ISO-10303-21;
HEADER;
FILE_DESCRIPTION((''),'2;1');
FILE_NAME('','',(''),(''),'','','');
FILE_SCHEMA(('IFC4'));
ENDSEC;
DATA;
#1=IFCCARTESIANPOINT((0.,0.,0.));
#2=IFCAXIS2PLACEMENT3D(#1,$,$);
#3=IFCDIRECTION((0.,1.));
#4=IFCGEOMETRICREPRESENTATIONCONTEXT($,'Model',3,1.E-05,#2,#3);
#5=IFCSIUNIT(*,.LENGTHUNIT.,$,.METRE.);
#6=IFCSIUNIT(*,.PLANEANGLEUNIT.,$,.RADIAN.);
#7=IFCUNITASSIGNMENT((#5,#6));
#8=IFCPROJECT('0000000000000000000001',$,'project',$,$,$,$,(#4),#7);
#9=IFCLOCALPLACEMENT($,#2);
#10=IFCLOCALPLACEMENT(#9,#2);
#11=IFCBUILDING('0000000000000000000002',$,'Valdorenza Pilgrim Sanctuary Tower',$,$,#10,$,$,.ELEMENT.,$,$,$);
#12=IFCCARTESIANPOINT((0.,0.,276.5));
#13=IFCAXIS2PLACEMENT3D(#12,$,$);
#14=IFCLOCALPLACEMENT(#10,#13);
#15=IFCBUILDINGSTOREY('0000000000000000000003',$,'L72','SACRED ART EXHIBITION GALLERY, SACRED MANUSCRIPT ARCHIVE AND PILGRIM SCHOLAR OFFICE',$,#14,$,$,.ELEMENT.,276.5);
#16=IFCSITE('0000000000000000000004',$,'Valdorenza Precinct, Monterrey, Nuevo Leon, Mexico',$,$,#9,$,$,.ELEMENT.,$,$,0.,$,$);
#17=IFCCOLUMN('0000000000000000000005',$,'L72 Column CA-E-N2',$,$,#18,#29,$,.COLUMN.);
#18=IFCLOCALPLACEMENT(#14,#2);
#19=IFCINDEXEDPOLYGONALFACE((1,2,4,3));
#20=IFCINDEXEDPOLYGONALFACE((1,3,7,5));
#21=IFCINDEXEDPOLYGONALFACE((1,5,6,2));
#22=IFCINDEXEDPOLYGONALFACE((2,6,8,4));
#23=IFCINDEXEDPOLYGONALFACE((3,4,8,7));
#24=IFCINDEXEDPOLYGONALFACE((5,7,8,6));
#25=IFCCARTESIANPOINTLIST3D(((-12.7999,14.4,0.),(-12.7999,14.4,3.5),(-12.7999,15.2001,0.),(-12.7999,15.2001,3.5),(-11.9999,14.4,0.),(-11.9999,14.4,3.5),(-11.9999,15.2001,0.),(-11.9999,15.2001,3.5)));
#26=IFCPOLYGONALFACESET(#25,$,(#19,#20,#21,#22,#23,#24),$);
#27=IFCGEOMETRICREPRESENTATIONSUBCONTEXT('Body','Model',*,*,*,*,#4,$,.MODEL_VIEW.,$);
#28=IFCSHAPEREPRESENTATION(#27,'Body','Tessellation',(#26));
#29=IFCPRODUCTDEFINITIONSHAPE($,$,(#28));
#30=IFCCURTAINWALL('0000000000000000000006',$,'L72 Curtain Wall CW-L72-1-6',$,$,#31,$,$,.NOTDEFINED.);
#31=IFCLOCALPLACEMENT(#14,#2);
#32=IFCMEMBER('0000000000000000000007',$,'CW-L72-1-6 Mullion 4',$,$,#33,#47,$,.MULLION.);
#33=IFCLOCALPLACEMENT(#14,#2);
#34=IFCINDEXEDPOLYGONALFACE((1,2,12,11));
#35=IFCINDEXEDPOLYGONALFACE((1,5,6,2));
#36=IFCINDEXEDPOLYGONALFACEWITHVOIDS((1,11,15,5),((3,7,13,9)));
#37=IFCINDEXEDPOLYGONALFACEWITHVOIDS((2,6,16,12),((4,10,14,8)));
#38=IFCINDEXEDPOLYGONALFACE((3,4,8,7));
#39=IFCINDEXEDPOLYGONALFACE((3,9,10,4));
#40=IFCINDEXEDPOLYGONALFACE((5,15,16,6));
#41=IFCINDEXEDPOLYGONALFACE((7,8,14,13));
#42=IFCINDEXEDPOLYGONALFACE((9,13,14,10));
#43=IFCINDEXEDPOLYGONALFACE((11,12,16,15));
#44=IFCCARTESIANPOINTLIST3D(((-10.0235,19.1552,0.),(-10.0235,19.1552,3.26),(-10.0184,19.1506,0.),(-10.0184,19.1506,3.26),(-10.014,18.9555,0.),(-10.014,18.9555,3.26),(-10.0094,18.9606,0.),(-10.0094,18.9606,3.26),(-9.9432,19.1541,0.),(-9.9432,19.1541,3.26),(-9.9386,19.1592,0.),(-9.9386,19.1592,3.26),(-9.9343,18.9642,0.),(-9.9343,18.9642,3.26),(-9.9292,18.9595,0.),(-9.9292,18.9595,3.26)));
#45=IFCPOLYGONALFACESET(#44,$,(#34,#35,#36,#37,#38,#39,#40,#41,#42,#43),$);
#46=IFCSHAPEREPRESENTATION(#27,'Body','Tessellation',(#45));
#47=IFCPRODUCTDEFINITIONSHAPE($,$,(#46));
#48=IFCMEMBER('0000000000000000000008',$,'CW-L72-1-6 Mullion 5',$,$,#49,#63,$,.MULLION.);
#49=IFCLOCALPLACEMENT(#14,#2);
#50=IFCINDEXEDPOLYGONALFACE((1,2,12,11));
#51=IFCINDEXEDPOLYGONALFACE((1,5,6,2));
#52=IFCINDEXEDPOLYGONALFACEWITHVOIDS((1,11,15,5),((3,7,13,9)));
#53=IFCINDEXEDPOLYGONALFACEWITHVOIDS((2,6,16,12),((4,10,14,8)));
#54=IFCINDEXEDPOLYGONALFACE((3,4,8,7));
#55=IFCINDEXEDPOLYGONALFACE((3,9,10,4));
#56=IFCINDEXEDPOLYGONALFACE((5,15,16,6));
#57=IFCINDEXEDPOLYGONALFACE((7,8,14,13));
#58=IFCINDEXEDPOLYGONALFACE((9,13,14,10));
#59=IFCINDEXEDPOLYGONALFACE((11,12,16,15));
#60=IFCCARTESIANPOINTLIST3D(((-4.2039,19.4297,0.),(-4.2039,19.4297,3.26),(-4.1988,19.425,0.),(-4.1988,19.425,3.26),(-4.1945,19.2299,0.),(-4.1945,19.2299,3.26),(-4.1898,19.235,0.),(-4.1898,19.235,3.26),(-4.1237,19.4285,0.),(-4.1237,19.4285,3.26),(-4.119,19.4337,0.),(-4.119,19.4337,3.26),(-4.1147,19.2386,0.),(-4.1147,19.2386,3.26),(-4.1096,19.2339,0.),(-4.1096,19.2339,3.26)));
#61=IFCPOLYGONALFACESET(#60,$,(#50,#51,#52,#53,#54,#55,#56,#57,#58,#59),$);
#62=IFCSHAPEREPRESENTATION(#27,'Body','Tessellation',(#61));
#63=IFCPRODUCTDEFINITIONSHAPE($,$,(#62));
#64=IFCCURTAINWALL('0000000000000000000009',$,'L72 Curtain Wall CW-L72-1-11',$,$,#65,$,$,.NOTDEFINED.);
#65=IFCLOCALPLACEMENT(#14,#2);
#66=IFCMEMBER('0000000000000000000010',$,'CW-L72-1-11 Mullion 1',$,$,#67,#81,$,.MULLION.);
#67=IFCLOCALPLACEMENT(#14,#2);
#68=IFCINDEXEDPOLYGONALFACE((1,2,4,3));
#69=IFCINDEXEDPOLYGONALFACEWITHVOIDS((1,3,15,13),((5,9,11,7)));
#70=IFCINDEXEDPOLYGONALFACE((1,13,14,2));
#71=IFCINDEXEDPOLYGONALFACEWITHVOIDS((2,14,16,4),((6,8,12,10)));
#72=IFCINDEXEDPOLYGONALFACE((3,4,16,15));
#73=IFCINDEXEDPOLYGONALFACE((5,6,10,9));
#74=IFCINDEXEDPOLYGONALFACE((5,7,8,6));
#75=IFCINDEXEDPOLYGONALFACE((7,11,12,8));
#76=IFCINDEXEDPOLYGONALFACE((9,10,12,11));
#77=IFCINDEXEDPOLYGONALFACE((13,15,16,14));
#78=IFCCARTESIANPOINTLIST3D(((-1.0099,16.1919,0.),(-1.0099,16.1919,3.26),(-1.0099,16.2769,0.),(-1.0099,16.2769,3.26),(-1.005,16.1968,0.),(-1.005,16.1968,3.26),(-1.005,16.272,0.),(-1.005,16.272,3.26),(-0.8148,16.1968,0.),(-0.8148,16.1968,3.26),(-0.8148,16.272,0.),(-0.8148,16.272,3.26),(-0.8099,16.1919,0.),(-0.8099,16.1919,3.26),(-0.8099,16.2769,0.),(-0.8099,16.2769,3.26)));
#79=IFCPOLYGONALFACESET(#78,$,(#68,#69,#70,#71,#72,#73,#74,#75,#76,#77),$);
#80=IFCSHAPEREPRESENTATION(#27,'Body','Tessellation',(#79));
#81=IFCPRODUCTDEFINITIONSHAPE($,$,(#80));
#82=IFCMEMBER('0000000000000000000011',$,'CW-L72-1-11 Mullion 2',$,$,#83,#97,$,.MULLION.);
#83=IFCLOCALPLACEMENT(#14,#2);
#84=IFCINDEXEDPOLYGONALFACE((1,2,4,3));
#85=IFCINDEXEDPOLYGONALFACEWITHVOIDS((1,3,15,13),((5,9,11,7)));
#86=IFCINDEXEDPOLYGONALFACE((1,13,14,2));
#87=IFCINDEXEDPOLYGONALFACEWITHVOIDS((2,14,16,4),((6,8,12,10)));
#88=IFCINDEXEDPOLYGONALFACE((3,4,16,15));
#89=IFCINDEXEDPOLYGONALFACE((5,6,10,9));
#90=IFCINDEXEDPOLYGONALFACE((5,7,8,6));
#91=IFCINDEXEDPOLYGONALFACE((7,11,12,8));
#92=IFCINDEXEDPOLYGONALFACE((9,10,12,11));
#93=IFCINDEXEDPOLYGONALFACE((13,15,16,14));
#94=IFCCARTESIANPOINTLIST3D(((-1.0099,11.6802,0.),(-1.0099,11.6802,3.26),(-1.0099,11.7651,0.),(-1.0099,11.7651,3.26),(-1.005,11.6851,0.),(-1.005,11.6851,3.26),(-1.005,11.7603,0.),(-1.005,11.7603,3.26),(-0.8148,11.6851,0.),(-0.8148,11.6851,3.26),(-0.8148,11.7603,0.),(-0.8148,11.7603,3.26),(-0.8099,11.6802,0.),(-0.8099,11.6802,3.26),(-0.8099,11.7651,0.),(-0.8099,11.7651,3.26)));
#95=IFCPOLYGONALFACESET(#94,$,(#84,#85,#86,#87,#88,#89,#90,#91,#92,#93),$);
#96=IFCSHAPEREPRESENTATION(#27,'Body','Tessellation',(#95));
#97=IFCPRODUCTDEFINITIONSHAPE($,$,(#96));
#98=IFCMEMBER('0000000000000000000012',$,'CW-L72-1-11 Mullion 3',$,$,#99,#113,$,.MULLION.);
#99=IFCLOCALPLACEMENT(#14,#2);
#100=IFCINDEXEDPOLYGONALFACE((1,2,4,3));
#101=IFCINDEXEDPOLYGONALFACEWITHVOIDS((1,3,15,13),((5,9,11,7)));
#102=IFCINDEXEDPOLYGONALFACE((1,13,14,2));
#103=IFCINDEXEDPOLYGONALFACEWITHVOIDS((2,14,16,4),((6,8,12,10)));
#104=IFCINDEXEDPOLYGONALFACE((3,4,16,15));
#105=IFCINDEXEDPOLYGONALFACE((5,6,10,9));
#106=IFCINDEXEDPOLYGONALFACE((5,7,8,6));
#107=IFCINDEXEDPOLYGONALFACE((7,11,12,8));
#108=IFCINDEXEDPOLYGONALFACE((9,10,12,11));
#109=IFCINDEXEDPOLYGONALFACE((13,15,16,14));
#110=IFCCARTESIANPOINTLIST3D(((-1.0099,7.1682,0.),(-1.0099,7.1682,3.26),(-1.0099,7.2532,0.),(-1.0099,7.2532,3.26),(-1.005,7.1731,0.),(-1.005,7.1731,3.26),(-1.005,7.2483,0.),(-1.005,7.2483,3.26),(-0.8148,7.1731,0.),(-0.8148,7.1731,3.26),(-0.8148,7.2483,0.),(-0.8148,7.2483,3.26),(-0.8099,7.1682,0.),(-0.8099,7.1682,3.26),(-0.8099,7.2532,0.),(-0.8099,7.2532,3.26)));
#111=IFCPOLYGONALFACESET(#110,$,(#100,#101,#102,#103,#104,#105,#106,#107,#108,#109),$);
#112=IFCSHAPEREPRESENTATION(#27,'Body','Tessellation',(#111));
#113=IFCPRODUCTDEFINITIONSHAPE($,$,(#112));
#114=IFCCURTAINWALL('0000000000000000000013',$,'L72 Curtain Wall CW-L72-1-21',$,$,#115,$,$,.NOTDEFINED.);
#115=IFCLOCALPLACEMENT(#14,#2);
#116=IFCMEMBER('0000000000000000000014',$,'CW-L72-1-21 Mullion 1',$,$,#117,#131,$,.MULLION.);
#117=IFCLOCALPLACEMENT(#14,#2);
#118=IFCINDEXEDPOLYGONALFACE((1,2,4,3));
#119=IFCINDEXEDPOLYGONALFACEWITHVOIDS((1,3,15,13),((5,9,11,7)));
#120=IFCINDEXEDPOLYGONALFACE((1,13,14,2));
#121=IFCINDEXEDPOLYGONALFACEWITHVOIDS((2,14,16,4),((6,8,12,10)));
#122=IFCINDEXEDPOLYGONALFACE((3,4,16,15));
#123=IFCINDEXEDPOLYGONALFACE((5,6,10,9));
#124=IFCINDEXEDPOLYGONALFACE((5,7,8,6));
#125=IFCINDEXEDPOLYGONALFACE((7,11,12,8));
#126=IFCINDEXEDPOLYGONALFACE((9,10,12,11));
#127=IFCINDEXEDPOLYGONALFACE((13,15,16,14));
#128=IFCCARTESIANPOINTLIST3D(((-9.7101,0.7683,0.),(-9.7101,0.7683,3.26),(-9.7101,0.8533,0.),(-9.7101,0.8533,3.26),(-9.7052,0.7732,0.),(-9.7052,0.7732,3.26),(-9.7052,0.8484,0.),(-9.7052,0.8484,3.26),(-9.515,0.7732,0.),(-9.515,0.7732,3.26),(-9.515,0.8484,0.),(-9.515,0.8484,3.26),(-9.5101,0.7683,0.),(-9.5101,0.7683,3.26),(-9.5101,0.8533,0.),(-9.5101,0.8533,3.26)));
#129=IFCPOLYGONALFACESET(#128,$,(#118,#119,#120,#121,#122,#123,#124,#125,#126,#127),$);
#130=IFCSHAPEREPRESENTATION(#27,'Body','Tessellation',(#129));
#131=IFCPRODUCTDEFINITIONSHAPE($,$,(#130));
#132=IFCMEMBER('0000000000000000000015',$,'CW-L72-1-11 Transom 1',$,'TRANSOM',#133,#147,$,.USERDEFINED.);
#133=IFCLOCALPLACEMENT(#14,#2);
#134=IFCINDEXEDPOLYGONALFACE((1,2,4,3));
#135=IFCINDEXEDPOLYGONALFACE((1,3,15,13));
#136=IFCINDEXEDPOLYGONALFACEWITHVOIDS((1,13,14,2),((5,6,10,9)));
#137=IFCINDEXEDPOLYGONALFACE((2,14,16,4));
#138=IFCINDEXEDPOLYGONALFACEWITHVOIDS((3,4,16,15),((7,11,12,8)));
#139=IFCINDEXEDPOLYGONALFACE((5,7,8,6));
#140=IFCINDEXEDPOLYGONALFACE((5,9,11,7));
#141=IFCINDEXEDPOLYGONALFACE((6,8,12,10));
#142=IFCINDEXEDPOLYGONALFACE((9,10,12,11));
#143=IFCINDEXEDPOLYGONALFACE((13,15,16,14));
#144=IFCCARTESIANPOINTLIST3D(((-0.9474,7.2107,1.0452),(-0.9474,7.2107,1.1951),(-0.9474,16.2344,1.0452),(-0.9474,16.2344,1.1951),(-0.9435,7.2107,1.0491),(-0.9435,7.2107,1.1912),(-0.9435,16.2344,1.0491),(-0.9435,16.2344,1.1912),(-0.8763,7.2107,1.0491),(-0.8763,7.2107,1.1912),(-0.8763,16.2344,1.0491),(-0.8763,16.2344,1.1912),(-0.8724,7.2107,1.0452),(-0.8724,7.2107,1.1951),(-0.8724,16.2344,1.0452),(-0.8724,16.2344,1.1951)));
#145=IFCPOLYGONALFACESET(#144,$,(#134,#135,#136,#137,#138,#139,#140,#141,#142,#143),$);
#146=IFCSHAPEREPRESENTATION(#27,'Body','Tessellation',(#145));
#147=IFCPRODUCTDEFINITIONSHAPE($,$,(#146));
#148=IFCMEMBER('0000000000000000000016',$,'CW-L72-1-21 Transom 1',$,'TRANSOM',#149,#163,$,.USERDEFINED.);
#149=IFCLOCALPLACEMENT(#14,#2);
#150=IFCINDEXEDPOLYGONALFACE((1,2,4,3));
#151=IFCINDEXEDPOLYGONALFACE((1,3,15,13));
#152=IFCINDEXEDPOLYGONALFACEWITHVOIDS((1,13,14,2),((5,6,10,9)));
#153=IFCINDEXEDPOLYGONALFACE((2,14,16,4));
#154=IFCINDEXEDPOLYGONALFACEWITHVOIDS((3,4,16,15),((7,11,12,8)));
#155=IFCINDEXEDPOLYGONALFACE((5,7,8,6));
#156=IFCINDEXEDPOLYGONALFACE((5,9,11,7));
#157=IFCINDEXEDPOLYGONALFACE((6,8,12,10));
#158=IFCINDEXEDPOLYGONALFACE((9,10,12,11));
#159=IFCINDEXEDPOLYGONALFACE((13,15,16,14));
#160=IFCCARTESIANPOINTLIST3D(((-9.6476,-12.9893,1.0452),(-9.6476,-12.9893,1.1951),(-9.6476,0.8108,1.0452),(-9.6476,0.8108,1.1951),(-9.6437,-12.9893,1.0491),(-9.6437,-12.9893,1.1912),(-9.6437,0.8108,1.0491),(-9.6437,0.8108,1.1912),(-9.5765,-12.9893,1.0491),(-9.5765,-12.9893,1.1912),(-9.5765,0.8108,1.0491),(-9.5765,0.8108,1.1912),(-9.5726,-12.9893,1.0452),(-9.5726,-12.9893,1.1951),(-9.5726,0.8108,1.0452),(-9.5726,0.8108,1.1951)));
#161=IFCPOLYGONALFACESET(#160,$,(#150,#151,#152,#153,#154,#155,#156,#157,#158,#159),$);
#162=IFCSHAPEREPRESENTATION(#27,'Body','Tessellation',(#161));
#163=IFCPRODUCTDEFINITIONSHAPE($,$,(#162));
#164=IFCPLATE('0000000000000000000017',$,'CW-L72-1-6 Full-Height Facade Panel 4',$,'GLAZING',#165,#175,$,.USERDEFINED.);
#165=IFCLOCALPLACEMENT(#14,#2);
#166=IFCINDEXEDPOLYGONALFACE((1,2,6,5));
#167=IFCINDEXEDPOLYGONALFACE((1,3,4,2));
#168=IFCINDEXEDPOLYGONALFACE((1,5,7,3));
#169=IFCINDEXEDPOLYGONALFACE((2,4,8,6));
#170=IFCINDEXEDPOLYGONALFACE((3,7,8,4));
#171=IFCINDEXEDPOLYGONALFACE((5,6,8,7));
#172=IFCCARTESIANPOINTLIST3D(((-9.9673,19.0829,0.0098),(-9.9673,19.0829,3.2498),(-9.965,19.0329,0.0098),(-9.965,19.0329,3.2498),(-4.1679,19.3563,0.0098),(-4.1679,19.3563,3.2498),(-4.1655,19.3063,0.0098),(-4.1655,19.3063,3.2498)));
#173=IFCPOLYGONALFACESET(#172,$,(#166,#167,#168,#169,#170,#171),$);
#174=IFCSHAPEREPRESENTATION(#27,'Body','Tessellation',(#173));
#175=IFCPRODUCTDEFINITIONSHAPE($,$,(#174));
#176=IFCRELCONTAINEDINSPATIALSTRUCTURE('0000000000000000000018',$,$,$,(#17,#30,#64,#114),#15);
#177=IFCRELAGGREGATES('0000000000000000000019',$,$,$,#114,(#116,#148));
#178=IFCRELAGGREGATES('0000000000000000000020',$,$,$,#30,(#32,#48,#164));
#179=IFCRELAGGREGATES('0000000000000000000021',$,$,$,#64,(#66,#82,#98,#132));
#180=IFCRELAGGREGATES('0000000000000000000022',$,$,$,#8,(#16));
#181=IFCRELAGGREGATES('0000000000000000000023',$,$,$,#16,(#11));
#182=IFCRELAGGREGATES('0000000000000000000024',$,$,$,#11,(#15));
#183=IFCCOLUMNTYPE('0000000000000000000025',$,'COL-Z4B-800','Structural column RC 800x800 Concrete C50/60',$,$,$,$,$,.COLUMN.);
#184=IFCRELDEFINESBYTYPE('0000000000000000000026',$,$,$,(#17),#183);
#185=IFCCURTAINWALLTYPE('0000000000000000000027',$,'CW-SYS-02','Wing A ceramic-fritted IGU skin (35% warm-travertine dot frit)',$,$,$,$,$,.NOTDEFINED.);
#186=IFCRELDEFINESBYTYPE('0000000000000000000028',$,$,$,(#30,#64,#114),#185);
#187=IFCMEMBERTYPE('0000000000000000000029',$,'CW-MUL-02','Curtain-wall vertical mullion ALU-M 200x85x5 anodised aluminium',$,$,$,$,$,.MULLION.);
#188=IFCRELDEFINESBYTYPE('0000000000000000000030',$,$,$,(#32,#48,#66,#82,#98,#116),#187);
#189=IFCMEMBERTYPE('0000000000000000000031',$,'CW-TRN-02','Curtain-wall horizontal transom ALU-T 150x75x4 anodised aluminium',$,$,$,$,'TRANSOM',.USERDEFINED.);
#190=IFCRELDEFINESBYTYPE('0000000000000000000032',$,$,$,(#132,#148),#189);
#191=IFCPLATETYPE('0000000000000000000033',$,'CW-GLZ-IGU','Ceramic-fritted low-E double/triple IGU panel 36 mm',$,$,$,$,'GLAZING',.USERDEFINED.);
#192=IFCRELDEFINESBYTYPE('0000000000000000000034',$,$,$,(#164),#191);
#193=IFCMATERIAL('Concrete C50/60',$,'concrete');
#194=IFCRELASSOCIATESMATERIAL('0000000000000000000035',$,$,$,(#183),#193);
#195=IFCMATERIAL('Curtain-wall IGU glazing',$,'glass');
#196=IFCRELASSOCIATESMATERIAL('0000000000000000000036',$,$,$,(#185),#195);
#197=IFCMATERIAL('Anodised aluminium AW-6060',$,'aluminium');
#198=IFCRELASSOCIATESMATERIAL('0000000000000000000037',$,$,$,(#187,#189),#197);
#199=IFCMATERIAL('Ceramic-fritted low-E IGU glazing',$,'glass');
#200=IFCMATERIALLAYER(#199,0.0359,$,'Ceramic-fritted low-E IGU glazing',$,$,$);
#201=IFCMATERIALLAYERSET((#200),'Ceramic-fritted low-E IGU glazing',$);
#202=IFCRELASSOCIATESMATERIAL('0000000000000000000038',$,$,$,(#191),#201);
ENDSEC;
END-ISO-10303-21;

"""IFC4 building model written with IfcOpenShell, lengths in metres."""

from ifc_helpers import new_model, si_unit, direction, frame, origin, origin_2d, place, context, subcontext, project, spatial, rectangle, hollow_rectangle, extrude, source, transform, mapped, material, layer, layer_set, material_profile, profile_set, type_object, element, aggregate, save


model = new_model("IFC4")

# Units and contexts
model_context = context("Model", 3, precision=1e-05, world=origin(), true_north=direction((0.0, 1.0)))
body_context = subcontext(model_context, "Body", "Model", "MODEL_VIEW")
ifc_project = project(units=[si_unit("LENGTHUNIT", "METRE"), si_unit("PLANEANGLEUNIT", "RADIAN")], contexts=[model_context])

# Site, building, storey
site_placement = place(None, origin())
site = spatial("IfcSite", under=ifc_project, at=site_placement, Name="Valdorenza Precinct, Monterrey, Nuevo Leon, Mexico", CompositionType="ELEMENT", RefElevation=0.0)
building_placement = place(site_placement, origin())
building = spatial("IfcBuilding", under=site, at=building_placement, Name="Valdorenza Pilgrim Sanctuary Tower", CompositionType="ELEMENT")
storey_placement = place(building_placement, frame((0.0, 0.0, 276.5)))
storey = spatial("IfcBuildingStorey", under=building, at=storey_placement, Name="L72", Description="SACRED ART EXHIBITION GALLERY, SACRED MANUSCRIPT ARCHIVE AND PILGRIM SCHOLAR OFFICE", CompositionType="ELEMENT", Elevation=276.5)

# Column
ifc_material_1 = material(Name="Concrete C50/60", Category="concrete")
ifc_material_profile_1 = material_profile(ifc_material_1, rectangle(XDim=0.8, YDim=0.8, at=origin_2d()), Name="RC 800x800")
ifc_profile_set_1 = profile_set([ifc_material_profile_1], Name="Concrete C50/60")
column_type = type_object("IfcColumnType", Name="COL-Z4B-800", Description="Structural column RC 800x800 Concrete C50/60", PredefinedType="COLUMN", material=ifc_profile_set_1)
shared_shape_1 = source(origin(), body_context, "Body", "SweptSolid", [
    extrude(rectangle(XDim=0.8, YDim=0.8, at=origin_2d()), origin(), (0.0, 0.0, 1.0), 3.5),
])
column_placement = place(storey_placement, frame((-12.3999, 14.8, 0.0), z_axis=(0.0, 0.0, 1.0), x_axis=(1.0, 0.0, 0.0)))
element("IfcColumn", 1, at=column_placement, inside=storey, type_object=column_type, Name="L72 Column CA-E-N2", PredefinedType="COLUMN", context=body_context, shape_type="MappedRepresentation", body=[
    mapped(shared_shape_1, transform((0.0, 0.0, 0.0), x_axis=(1.0, 0.0, 0.0), y_axis=(0.0, 1.0, 0.0), z_axis=(0.0, 0.0, 1.0), scale=1.0)),
])

# Curtain walls, members
ifc_material_2 = material(Name="Curtain-wall IGU glazing", Category="glass")
curtain_wall_type = type_object("IfcCurtainWallType", Name="CW-SYS-02", Description="Wing A ceramic-fritted IGU skin (35% warm-travertine dot frit)", PredefinedType="NOTDEFINED", material=ifc_material_2)
curtain_wall_1_placement = place(storey_placement, origin())
curtain_wall_1 = element("IfcCurtainWall", 2, at=curtain_wall_1_placement, inside=storey, type_object=curtain_wall_type, Name="L72 Curtain Wall CW-L72-1-6", PredefinedType="NOTDEFINED")
ifc_material_3 = material(Name="Anodised aluminium AW-6060", Category="aluminium")
ifc_material_profile_2 = material_profile(ifc_material_3, hollow_rectangle(XDim=0.085, YDim=0.2, WallThickness=0.0049, at=origin_2d()), Name="ALU-M 200x85x5")
ifc_profile_set_2 = profile_set([ifc_material_profile_2], Name="Anodised aluminium AW-6060")
member_type_1 = type_object("IfcMemberType", Name="CW-MUL-02", Description="Curtain-wall vertical mullion ALU-M 200x85x5 anodised aluminium", PredefinedType="MULLION", material=ifc_profile_set_2)
shared_shape_2 = source(origin(), body_context, "Body", "SweptSolid", [
    extrude(hollow_rectangle(XDim=0.085, YDim=0.2, WallThickness=0.0049, at=origin_2d()), origin(), (0.0, 0.0, 1.0), 3.26),
])
member_1_placement = place(storey_placement, frame((-9.9763, 19.0574, 0.0), z_axis=(0.0, 0.0, 1.0), x_axis=(0.998891, 0.047089, 0.0)))
member_1 = element("IfcMember", 3, at=member_1_placement, type_object=member_type_1, Name="CW-L72-1-6 Mullion 4", PredefinedType="MULLION", context=body_context, shape_type="MappedRepresentation", body=[
    mapped(shared_shape_2, transform((0.0, 0.0, 0.0), x_axis=(1.0, 0.0, 0.0), y_axis=(0.0, 1.0, 0.0), z_axis=(0.0, 0.0, 1.0), scale=1.0)),
])
member_2_placement = place(storey_placement, frame((-4.1567, 19.3318, 0.0), z_axis=(0.0, 0.0, 1.0), x_axis=(0.998891, 0.047089, 0.0)))
member_2 = element("IfcMember", 4, at=member_2_placement, type_object=member_type_1, Name="CW-L72-1-6 Mullion 5", PredefinedType="MULLION", context=body_context, shape_type="MappedRepresentation", body=[
    mapped(shared_shape_2, transform((0.0, 0.0, 0.0), x_axis=(1.0, 0.0, 0.0), y_axis=(0.0, 1.0, 0.0), z_axis=(0.0, 0.0, 1.0), scale=1.0)),
])
curtain_wall_2_placement = place(storey_placement, origin())
curtain_wall_2 = element("IfcCurtainWall", 5, at=curtain_wall_2_placement, inside=storey, type_object=curtain_wall_type, Name="L72 Curtain Wall CW-L72-1-11", PredefinedType="NOTDEFINED")
member_3_placement = place(storey_placement, frame((-0.9099, 16.2344, 0.0), z_axis=(0.0, 0.0, 1.0), x_axis=(0.0, -1.0, 0.0)))
member_3 = element("IfcMember", 6, at=member_3_placement, type_object=member_type_1, Name="CW-L72-1-11 Mullion 1", PredefinedType="MULLION", context=body_context, shape_type="MappedRepresentation", body=[
    mapped(shared_shape_2, transform((0.0, 0.0, 0.0), x_axis=(1.0, 0.0, 0.0), y_axis=(0.0, 1.0, 0.0), z_axis=(0.0, 0.0, 1.0), scale=1.0)),
])
member_4_placement = place(storey_placement, frame((-0.9099, 11.7227, 0.0), z_axis=(0.0, 0.0, 1.0), x_axis=(0.0, -1.0, 0.0)))
member_4 = element("IfcMember", 7, at=member_4_placement, type_object=member_type_1, Name="CW-L72-1-11 Mullion 2", PredefinedType="MULLION", context=body_context, shape_type="MappedRepresentation", body=[
    mapped(shared_shape_2, transform((0.0, 0.0, 0.0), x_axis=(1.0, 0.0, 0.0), y_axis=(0.0, 1.0, 0.0), z_axis=(0.0, 0.0, 1.0), scale=1.0)),
])
member_5_placement = place(storey_placement, frame((-0.9099, 7.2107, 0.0), z_axis=(0.0, 0.0, 1.0), x_axis=(0.0, -1.0, 0.0)))
member_5 = element("IfcMember", 8, at=member_5_placement, type_object=member_type_1, Name="CW-L72-1-11 Mullion 3", PredefinedType="MULLION", context=body_context, shape_type="MappedRepresentation", body=[
    mapped(shared_shape_2, transform((0.0, 0.0, 0.0), x_axis=(1.0, 0.0, 0.0), y_axis=(0.0, 1.0, 0.0), z_axis=(0.0, 0.0, 1.0), scale=1.0)),
])

# Curtain wall, member
curtain_wall_3_placement = place(storey_placement, origin())
curtain_wall_3 = element("IfcCurtainWall", 9, at=curtain_wall_3_placement, inside=storey, type_object=curtain_wall_type, Name="L72 Curtain Wall CW-L72-1-21", PredefinedType="NOTDEFINED")
member_6_placement = place(storey_placement, frame((-9.6101, 0.8108, 0.0), z_axis=(0.0, 0.0, 1.0), x_axis=(0.0, -1.0, 0.0)))
member_6 = element("IfcMember", 10, at=member_6_placement, type_object=member_type_1, Name="CW-L72-1-21 Mullion 1", PredefinedType="MULLION", context=body_context, shape_type="MappedRepresentation", body=[
    mapped(shared_shape_2, transform((0.0, 0.0, 0.0), x_axis=(1.0, 0.0, 0.0), y_axis=(0.0, 1.0, 0.0), z_axis=(0.0, 0.0, 1.0), scale=1.0)),
])

# Members
ifc_material_profile_3 = material_profile(ifc_material_3, hollow_rectangle(XDim=0.075, YDim=0.1499, WallThickness=0.0039, at=origin_2d()), Name="ALU-T 150x75x4")
ifc_profile_set_3 = profile_set([ifc_material_profile_3], Name="Anodised aluminium AW-6060")
member_type_2 = type_object("IfcMemberType", Name="CW-TRN-02", Description="Curtain-wall horizontal transom ALU-T 150x75x4 anodised aluminium", ElementType="TRANSOM", PredefinedType="USERDEFINED", material=ifc_profile_set_3)
shared_shape_3 = source(origin(), body_context, "Body", "SweptSolid", [
    extrude(hollow_rectangle(XDim=0.075, YDim=0.1499, WallThickness=0.0039, at=origin_2d()), origin(), (0.0, 0.0, 1.0), 9.0237),
])
member_7_placement = place(storey_placement, frame((-0.9099, 16.2344, 1.1201), z_axis=(0.0, -1.0, 0.0), x_axis=(1.0, 0.0, 0.0)))
member_7 = element("IfcMember", 11, at=member_7_placement, type_object=member_type_2, Name="CW-L72-1-11 Transom 1", ObjectType="TRANSOM", PredefinedType="USERDEFINED", context=body_context, shape_type="MappedRepresentation", body=[
    mapped(shared_shape_3, transform((0.0, 0.0, 0.0), x_axis=(1.0, 0.0, 0.0), y_axis=(0.0, 1.0, 0.0), z_axis=(0.0, 0.0, 1.0), scale=1.0)),
])
shared_shape_4 = source(origin(), body_context, "Body", "SweptSolid", [
    extrude(hollow_rectangle(XDim=0.075, YDim=0.1499, WallThickness=0.0039, at=origin_2d()), origin(), (0.0, 0.0, 1.0), 13.8),
])
member_8_placement = place(storey_placement, frame((-9.6101, 0.8108, 1.1201), z_axis=(0.0, -1.0, 0.0), x_axis=(1.0, 0.0, 0.0)))
member_8 = element("IfcMember", 12, at=member_8_placement, type_object=member_type_2, Name="CW-L72-1-21 Transom 1", ObjectType="TRANSOM", PredefinedType="USERDEFINED", context=body_context, shape_type="MappedRepresentation", body=[
    mapped(shared_shape_4, transform((0.0, 0.0, 0.0), x_axis=(1.0, 0.0, 0.0), y_axis=(0.0, 1.0, 0.0), z_axis=(0.0, 0.0, 1.0), scale=1.0)),
])
aggregate(curtain_wall_3, [member_6, member_8])

# Plate
ifc_material_4 = material(Name="Ceramic-fritted low-E IGU glazing", Category="glass")
ifc_layer_1 = layer(ifc_material_4, 0.0359, Name="Ceramic-fritted low-E IGU glazing")
ifc_layer_set_1 = layer_set([ifc_layer_1], Name="Ceramic-fritted low-E IGU glazing")
plate_type_1 = type_object("IfcPlateType", Name="CW-GLZ-IGU", Description="Ceramic-fritted low-E double/triple IGU panel 36 mm", ElementType="GLAZING", PredefinedType="USERDEFINED", material=ifc_layer_set_1)
shared_shape_5 = source(origin(), body_context, "Body", "SweptSolid", [
    extrude(rectangle(XDim=5.8059, YDim=0.05, at=origin_2d()), origin(), (0.0, 0.0, 1.0), 3.24),
])
plate_1_placement = place(storey_placement, frame((-7.0664, 19.1946, 0.0098), z_axis=(0.0, 0.0, 1.0), x_axis=(0.998891, 0.047089, 0.0)))
plate_1 = element("IfcPlate", 13, at=plate_1_placement, type_object=plate_type_1, Name="CW-L72-1-6 Full-Height Facade Panel 4", ObjectType="GLAZING", PredefinedType="USERDEFINED", context=body_context, shape_type="MappedRepresentation", body=[
    mapped(shared_shape_5, transform((0.0, 0.0, 0.0), x_axis=(1.0, 0.0, 0.0), y_axis=(0.0, 1.0, 0.0), z_axis=(0.0, 0.0, 1.0), scale=1.0)),
])
aggregate(curtain_wall_1, [member_1, member_2, plate_1])
aggregate(curtain_wall_2, [member_3, member_4, member_5, member_7])

save(model, "model.ifc")
